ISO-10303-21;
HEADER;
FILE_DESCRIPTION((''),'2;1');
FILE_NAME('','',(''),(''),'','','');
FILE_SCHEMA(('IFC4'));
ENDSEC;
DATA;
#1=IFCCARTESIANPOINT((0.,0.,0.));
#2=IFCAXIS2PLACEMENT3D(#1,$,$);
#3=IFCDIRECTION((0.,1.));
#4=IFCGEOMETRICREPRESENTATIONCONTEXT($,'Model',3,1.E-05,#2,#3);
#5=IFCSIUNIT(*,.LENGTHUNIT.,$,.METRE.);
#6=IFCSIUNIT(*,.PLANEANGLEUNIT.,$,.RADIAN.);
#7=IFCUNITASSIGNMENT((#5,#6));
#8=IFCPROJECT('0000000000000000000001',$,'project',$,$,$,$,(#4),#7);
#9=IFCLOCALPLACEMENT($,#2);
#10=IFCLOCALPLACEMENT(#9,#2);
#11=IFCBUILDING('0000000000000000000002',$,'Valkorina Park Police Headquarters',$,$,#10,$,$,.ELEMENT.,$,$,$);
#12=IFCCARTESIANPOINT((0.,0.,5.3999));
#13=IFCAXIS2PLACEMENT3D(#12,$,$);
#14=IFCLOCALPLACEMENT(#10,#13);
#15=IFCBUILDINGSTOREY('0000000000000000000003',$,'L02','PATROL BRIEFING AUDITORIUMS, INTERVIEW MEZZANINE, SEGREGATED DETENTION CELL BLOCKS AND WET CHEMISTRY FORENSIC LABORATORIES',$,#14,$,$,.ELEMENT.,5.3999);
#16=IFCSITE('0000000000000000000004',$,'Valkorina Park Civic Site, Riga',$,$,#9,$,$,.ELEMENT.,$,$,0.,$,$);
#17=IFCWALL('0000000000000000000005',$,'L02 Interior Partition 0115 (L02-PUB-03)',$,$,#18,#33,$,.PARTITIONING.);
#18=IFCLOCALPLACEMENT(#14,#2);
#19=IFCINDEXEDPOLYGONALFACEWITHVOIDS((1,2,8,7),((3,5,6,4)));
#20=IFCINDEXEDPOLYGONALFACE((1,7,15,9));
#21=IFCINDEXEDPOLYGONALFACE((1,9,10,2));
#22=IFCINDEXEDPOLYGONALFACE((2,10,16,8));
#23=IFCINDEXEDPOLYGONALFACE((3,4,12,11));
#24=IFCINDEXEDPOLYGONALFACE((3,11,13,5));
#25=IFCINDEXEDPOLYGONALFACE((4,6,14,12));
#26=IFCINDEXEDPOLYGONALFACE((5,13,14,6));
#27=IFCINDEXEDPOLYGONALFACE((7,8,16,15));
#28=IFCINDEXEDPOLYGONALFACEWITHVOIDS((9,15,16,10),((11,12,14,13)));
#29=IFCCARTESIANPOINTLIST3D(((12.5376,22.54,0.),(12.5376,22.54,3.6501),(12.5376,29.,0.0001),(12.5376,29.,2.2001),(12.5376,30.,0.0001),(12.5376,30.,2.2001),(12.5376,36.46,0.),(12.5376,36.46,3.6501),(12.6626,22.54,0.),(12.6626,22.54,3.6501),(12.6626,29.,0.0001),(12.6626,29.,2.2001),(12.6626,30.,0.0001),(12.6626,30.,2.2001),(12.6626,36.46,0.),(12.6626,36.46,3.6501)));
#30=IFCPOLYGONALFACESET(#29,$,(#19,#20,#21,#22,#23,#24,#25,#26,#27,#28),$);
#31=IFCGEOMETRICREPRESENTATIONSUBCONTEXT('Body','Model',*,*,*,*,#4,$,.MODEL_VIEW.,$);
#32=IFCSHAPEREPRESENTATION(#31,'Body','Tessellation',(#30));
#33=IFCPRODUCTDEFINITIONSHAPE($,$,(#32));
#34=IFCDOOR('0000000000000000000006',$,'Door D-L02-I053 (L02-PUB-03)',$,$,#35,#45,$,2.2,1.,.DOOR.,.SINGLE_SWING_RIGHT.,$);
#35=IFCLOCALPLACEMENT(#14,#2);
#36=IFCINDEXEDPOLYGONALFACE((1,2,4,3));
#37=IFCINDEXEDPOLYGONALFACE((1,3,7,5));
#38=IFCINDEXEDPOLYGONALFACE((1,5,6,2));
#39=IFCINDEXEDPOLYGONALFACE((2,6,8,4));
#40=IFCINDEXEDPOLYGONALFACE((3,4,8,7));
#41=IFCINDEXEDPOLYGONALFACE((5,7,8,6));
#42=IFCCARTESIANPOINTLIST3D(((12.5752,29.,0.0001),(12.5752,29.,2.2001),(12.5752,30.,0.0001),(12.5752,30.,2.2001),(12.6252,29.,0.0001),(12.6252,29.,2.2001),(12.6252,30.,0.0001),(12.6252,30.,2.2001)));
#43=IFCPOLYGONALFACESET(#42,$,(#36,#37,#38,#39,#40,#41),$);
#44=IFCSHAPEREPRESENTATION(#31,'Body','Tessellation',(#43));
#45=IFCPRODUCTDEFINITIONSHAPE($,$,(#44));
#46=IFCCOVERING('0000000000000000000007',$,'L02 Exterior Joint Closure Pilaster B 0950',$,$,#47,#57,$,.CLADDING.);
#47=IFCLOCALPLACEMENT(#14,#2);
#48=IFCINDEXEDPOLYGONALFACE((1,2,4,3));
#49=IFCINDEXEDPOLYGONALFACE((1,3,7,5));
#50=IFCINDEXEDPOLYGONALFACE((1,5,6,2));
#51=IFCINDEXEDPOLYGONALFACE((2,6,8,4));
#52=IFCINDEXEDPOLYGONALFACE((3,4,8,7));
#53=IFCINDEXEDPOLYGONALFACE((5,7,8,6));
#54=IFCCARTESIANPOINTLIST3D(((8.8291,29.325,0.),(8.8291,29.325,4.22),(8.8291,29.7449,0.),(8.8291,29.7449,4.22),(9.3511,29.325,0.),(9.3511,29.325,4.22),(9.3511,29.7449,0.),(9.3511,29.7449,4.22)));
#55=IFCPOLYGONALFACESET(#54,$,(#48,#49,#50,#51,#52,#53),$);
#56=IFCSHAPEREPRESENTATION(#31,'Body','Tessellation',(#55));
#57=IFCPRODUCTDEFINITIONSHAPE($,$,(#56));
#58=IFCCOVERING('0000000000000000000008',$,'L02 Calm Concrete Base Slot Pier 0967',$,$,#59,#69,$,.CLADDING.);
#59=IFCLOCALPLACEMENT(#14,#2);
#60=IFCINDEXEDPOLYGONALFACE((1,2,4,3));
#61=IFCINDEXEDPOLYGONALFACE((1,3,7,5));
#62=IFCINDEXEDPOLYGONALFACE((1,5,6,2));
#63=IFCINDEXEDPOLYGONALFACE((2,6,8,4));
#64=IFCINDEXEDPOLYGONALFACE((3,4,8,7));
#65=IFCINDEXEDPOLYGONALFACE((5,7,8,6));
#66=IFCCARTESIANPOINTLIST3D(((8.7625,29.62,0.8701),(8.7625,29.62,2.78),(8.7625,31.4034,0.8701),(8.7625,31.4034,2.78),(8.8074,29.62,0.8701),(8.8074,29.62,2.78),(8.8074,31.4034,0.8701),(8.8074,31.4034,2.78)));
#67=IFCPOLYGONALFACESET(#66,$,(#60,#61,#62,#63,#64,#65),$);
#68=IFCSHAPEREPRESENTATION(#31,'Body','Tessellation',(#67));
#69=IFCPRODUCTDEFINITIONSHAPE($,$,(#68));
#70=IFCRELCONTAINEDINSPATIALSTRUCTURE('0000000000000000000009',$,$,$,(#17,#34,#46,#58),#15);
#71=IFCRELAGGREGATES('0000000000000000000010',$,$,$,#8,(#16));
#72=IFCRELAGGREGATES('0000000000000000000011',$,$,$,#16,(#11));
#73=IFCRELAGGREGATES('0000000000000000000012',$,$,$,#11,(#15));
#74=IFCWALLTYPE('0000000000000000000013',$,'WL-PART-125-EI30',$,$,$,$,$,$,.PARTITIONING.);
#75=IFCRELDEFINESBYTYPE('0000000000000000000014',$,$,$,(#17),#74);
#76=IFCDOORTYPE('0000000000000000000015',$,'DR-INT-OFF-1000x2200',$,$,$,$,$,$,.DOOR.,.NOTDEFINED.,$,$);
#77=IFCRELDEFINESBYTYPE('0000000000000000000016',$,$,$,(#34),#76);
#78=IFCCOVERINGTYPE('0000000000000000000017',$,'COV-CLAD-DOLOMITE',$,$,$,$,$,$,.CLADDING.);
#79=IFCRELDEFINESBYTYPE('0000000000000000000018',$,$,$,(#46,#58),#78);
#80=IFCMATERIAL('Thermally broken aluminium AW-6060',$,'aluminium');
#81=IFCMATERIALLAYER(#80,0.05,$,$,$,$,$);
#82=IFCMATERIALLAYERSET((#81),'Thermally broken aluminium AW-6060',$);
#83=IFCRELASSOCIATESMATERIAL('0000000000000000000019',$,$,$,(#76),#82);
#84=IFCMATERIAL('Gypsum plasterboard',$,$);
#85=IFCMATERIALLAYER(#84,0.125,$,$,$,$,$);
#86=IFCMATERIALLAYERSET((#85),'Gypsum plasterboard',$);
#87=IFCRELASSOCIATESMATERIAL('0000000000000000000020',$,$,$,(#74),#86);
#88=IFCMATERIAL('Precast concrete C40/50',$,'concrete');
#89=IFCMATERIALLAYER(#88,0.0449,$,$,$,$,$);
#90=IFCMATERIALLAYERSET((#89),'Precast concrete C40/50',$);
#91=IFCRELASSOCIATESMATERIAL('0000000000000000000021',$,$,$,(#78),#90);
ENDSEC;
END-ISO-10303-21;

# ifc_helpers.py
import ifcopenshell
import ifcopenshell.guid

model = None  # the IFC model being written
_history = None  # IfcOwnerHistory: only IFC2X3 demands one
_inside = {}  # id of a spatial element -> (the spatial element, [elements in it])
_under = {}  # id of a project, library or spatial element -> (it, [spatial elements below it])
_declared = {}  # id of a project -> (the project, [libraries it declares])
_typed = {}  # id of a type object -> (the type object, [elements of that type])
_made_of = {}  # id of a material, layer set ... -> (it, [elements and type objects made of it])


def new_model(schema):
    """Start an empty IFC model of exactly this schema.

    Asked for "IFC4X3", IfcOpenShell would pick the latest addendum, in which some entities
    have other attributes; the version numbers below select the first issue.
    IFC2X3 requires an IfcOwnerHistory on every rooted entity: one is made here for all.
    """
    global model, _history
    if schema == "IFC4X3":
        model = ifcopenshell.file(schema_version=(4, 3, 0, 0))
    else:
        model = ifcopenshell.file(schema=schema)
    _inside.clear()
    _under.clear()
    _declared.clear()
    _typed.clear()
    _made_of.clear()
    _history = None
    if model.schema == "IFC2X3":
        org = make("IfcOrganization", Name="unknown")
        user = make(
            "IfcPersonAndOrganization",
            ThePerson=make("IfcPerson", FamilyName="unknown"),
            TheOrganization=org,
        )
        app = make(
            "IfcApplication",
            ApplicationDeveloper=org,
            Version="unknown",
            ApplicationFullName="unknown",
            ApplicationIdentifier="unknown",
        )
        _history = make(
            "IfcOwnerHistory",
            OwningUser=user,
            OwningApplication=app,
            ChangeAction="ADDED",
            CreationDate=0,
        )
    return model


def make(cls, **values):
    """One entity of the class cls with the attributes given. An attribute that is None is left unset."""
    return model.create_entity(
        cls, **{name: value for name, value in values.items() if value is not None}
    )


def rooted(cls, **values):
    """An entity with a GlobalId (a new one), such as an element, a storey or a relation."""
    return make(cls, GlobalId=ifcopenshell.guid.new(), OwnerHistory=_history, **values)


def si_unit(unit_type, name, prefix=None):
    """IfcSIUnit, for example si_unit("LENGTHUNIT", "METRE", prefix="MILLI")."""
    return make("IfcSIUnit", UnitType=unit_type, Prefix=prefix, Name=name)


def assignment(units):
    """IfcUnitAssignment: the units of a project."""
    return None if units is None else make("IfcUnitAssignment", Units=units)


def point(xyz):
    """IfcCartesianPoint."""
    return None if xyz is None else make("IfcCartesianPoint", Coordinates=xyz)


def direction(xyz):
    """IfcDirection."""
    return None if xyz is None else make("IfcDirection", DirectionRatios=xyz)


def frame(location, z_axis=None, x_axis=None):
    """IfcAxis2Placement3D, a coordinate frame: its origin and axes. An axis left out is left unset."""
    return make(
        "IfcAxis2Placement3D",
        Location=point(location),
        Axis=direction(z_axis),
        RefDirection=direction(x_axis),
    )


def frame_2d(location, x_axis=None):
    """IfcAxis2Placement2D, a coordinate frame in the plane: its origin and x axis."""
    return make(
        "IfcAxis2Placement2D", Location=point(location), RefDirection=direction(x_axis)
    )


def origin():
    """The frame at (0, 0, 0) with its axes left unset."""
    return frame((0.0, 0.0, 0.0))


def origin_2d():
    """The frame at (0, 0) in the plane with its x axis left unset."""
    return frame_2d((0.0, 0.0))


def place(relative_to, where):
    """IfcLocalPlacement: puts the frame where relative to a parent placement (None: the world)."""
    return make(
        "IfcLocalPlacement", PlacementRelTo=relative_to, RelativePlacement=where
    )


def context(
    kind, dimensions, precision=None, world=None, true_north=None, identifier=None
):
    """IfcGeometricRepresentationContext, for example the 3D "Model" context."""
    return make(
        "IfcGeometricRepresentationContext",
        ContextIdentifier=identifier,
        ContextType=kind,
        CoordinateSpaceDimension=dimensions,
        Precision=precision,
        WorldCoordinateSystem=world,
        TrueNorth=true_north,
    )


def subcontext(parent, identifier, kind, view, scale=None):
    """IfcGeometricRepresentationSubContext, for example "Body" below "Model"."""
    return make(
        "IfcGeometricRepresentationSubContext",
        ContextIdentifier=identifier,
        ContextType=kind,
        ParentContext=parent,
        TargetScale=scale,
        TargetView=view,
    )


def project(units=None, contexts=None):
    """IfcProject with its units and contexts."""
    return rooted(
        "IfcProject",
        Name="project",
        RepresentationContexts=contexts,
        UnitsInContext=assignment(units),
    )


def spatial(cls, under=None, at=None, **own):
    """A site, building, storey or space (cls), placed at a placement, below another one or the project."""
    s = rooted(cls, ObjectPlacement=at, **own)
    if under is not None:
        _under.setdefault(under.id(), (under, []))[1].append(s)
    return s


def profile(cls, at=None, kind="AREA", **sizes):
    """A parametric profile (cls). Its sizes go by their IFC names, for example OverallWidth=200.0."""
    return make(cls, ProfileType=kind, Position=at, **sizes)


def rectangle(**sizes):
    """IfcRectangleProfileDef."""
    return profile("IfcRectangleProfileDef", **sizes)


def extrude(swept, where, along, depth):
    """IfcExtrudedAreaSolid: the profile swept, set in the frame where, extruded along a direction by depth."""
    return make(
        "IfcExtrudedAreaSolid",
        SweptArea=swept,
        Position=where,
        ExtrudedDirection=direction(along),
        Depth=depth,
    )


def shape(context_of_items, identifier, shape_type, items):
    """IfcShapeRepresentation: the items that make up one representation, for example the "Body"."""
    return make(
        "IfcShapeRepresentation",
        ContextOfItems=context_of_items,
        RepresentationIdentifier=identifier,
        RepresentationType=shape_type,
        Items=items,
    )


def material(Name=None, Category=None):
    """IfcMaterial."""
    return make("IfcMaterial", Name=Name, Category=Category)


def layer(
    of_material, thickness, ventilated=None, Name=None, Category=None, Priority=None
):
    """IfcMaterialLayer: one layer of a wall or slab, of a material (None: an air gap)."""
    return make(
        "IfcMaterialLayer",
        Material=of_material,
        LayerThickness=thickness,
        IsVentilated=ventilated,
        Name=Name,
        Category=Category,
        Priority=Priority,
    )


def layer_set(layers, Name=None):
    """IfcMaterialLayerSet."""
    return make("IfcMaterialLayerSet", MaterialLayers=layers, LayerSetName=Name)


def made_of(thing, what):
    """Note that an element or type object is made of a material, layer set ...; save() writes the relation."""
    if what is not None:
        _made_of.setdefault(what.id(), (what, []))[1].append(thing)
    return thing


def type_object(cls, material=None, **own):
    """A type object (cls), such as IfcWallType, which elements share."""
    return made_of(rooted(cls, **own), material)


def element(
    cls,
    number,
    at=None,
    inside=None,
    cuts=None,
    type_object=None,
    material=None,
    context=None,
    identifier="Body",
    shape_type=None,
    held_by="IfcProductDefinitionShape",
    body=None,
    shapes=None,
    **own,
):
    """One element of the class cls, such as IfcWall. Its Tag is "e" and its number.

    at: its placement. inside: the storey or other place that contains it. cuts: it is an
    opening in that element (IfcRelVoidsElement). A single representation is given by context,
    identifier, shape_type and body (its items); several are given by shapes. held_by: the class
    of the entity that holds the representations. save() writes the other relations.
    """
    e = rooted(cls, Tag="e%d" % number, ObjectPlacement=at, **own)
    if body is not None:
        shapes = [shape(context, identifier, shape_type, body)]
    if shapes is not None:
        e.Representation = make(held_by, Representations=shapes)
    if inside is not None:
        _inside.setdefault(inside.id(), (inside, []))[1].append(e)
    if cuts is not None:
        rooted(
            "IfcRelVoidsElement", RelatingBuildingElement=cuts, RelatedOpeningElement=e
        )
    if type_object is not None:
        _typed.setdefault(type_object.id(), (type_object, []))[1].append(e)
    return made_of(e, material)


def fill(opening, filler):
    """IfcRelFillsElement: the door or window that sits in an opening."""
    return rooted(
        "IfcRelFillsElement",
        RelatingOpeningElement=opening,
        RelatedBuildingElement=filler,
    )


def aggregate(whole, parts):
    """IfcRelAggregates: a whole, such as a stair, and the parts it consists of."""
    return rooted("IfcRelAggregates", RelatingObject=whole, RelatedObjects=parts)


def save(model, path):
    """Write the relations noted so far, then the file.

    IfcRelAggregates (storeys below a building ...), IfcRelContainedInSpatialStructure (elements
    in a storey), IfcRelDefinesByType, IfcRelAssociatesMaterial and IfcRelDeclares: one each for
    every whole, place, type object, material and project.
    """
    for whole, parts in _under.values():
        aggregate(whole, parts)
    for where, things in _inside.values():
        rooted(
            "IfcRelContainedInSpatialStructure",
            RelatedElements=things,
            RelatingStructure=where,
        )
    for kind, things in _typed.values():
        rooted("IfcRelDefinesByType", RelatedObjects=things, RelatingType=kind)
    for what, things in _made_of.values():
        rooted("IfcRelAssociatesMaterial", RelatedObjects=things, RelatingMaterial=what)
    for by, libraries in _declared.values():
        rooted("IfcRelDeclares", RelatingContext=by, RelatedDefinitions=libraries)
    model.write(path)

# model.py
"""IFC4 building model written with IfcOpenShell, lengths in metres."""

from ifc_helpers import new_model, si_unit, direction, frame, frame_2d, origin, origin_2d, place, context, subcontext, project, spatial, rectangle, extrude, material, layer, layer_set, type_object, element, fill, save


model = new_model("IFC4")

# Units and contexts
model_context = context("Model", 3, precision=1e-05, world=origin(), true_north=direction((0.0, 1.0)))
body_context = subcontext(model_context, "Body", "Model", "MODEL_VIEW")
ifc_project = project(units=[si_unit("LENGTHUNIT", "METRE"), si_unit("PLANEANGLEUNIT", "RADIAN")], contexts=[model_context])

# Site, building, storey
site_placement = place(None, origin())
site = spatial("IfcSite", under=ifc_project, at=site_placement, Name="Valkorina Park Civic Site, Riga", CompositionType="ELEMENT", RefElevation=0.0)
building_placement = place(site_placement, origin())
building = spatial("IfcBuilding", under=site, at=building_placement, Name="Valkorina Park Police Headquarters", CompositionType="ELEMENT")
storey_placement = place(building_placement, frame((0.0, 0.0, 5.3999)))
storey = spatial("IfcBuildingStorey", under=building, at=storey_placement, Name="L02", Description="PATROL BRIEFING AUDITORIUMS, INTERVIEW MEZZANINE, SEGREGATED DETENTION CELL BLOCKS AND WET CHEMISTRY FORENSIC LABORATORIES", CompositionType="ELEMENT", Elevation=5.3999)

# Shared definitions
ifc_material_1 = material(Name="Thermally broken aluminium AW-6060", Category="aluminium")
ifc_layer_1 = layer(ifc_material_1, 0.05)
ifc_layer_set_1 = layer_set([ifc_layer_1], Name="Thermally broken aluminium AW-6060")
door_type = type_object("IfcDoorType", Name="DR-INT-OFF-1000x2200", OperationType="NOTDEFINED", PredefinedType="DOOR", material=ifc_layer_set_1)

# Shared definitions
ifc_material_2 = material(Name="Gypsum plasterboard")
ifc_layer_2 = layer(ifc_material_2, 0.125)
ifc_layer_set_2 = layer_set([ifc_layer_2], Name="Gypsum plasterboard")
wall_type_1 = type_object("IfcWallType", Name="WL-PART-125-EI30", PredefinedType="PARTITIONING", material=ifc_layer_set_2)

# Wall, opening, door
wall_1_placement = place(storey_placement, frame((12.6001, 22.54, 0.0), z_axis=(0.0, 0.0, 1.0), x_axis=(0.0, 1.0, 0.0)))
wall_1 = element("IfcWall", 1, at=wall_1_placement, inside=storey, type_object=wall_type_1, Name="L02 Interior Partition 0115 (L02-PUB-03)", PredefinedType="PARTITIONING", context=body_context, shape_type="SweptSolid", body=[
    extrude(rectangle(XDim=13.9199, YDim=0.125, at=frame_2d((6.96, 0.0))), origin(), (0.0, 0.0, 1.0), 3.6501),
])
opening_1_placement = place(wall_1_placement, frame((6.46, 0.0, 0.0)))
opening_1 = element("IfcOpeningElement", 2, at=opening_1_placement, cuts=wall_1, PredefinedType="OPENING", context=body_context, shape_type="SweptSolid", body=[
    extrude(rectangle(XDim=1.0, YDim=2.2, at=frame_2d((0.5, 1.1001))), frame((0.0, 0.0725, 0.0), z_axis=(0.0, -1.0, 0.0), x_axis=(1.0, 0.0, 0.0)), (0.0, 0.0, 1.0), 0.145),
])
door_1_placement = place(opening_1_placement, origin())
door_1 = element("IfcDoor", 3, at=door_1_placement, inside=storey, type_object=door_type, Name="Door D-L02-I053 (L02-PUB-03)", OperationType="SINGLE_SWING_RIGHT", OverallHeight=2.2, OverallWidth=1.0, PredefinedType="DOOR", context=body_context, shape_type="SweptSolid", body=[
    extrude(rectangle(XDim=1.0, YDim=2.2, at=frame_2d((0.5, 1.1001))), frame((0.0, 0.0249, 0.0), z_axis=(0.0, -1.0, 0.0), x_axis=(1.0, 0.0, 0.0)), (0.0, 0.0, 1.0), 0.05),
])
fill(opening_1, door_1)

# Coverings
ifc_material_3 = material(Name="Precast concrete C40/50", Category="concrete")
ifc_layer_3 = layer(ifc_material_3, 0.0449)
ifc_layer_set_3 = layer_set([ifc_layer_3], Name="Precast concrete C40/50")
covering_type = type_object("IfcCoveringType", Name="COV-CLAD-DOLOMITE", PredefinedType="CLADDING", material=ifc_layer_set_3)
covering_1_placement = place(storey_placement, frame((9.0901, 29.5349, 0.0), z_axis=(0.0, 0.0, 1.0), x_axis=(0.0, 1.0, 0.0)))
element("IfcCovering", 4, at=covering_1_placement, inside=storey, type_object=covering_type, Name="L02 Exterior Joint Closure Pilaster B 0950", PredefinedType="CLADDING", context=body_context, shape_type="SweptSolid", body=[
    extrude(rectangle(XDim=0.4199, YDim=0.522, at=origin_2d()), origin(), (0.0, 0.0, 1.0), 4.22),
])
covering_2_placement = place(storey_placement, frame((8.7849, 29.6201, 0.8701), z_axis=(0.0, 0.0, 1.0), x_axis=(0.0, 1.0, 0.0)))
element("IfcCovering", 5, at=covering_2_placement, inside=storey, type_object=covering_type, Name="L02 Calm Concrete Base Slot Pier 0967", PredefinedType="CLADDING", context=body_context, shape_type="SweptSolid", body=[
    extrude(rectangle(XDim=1.7834, YDim=0.0449, at=frame_2d((0.8916, 0.0))), origin(), (0.0, 0.0, 1.0), 1.9099),
])

save(model, "model.ifc")
